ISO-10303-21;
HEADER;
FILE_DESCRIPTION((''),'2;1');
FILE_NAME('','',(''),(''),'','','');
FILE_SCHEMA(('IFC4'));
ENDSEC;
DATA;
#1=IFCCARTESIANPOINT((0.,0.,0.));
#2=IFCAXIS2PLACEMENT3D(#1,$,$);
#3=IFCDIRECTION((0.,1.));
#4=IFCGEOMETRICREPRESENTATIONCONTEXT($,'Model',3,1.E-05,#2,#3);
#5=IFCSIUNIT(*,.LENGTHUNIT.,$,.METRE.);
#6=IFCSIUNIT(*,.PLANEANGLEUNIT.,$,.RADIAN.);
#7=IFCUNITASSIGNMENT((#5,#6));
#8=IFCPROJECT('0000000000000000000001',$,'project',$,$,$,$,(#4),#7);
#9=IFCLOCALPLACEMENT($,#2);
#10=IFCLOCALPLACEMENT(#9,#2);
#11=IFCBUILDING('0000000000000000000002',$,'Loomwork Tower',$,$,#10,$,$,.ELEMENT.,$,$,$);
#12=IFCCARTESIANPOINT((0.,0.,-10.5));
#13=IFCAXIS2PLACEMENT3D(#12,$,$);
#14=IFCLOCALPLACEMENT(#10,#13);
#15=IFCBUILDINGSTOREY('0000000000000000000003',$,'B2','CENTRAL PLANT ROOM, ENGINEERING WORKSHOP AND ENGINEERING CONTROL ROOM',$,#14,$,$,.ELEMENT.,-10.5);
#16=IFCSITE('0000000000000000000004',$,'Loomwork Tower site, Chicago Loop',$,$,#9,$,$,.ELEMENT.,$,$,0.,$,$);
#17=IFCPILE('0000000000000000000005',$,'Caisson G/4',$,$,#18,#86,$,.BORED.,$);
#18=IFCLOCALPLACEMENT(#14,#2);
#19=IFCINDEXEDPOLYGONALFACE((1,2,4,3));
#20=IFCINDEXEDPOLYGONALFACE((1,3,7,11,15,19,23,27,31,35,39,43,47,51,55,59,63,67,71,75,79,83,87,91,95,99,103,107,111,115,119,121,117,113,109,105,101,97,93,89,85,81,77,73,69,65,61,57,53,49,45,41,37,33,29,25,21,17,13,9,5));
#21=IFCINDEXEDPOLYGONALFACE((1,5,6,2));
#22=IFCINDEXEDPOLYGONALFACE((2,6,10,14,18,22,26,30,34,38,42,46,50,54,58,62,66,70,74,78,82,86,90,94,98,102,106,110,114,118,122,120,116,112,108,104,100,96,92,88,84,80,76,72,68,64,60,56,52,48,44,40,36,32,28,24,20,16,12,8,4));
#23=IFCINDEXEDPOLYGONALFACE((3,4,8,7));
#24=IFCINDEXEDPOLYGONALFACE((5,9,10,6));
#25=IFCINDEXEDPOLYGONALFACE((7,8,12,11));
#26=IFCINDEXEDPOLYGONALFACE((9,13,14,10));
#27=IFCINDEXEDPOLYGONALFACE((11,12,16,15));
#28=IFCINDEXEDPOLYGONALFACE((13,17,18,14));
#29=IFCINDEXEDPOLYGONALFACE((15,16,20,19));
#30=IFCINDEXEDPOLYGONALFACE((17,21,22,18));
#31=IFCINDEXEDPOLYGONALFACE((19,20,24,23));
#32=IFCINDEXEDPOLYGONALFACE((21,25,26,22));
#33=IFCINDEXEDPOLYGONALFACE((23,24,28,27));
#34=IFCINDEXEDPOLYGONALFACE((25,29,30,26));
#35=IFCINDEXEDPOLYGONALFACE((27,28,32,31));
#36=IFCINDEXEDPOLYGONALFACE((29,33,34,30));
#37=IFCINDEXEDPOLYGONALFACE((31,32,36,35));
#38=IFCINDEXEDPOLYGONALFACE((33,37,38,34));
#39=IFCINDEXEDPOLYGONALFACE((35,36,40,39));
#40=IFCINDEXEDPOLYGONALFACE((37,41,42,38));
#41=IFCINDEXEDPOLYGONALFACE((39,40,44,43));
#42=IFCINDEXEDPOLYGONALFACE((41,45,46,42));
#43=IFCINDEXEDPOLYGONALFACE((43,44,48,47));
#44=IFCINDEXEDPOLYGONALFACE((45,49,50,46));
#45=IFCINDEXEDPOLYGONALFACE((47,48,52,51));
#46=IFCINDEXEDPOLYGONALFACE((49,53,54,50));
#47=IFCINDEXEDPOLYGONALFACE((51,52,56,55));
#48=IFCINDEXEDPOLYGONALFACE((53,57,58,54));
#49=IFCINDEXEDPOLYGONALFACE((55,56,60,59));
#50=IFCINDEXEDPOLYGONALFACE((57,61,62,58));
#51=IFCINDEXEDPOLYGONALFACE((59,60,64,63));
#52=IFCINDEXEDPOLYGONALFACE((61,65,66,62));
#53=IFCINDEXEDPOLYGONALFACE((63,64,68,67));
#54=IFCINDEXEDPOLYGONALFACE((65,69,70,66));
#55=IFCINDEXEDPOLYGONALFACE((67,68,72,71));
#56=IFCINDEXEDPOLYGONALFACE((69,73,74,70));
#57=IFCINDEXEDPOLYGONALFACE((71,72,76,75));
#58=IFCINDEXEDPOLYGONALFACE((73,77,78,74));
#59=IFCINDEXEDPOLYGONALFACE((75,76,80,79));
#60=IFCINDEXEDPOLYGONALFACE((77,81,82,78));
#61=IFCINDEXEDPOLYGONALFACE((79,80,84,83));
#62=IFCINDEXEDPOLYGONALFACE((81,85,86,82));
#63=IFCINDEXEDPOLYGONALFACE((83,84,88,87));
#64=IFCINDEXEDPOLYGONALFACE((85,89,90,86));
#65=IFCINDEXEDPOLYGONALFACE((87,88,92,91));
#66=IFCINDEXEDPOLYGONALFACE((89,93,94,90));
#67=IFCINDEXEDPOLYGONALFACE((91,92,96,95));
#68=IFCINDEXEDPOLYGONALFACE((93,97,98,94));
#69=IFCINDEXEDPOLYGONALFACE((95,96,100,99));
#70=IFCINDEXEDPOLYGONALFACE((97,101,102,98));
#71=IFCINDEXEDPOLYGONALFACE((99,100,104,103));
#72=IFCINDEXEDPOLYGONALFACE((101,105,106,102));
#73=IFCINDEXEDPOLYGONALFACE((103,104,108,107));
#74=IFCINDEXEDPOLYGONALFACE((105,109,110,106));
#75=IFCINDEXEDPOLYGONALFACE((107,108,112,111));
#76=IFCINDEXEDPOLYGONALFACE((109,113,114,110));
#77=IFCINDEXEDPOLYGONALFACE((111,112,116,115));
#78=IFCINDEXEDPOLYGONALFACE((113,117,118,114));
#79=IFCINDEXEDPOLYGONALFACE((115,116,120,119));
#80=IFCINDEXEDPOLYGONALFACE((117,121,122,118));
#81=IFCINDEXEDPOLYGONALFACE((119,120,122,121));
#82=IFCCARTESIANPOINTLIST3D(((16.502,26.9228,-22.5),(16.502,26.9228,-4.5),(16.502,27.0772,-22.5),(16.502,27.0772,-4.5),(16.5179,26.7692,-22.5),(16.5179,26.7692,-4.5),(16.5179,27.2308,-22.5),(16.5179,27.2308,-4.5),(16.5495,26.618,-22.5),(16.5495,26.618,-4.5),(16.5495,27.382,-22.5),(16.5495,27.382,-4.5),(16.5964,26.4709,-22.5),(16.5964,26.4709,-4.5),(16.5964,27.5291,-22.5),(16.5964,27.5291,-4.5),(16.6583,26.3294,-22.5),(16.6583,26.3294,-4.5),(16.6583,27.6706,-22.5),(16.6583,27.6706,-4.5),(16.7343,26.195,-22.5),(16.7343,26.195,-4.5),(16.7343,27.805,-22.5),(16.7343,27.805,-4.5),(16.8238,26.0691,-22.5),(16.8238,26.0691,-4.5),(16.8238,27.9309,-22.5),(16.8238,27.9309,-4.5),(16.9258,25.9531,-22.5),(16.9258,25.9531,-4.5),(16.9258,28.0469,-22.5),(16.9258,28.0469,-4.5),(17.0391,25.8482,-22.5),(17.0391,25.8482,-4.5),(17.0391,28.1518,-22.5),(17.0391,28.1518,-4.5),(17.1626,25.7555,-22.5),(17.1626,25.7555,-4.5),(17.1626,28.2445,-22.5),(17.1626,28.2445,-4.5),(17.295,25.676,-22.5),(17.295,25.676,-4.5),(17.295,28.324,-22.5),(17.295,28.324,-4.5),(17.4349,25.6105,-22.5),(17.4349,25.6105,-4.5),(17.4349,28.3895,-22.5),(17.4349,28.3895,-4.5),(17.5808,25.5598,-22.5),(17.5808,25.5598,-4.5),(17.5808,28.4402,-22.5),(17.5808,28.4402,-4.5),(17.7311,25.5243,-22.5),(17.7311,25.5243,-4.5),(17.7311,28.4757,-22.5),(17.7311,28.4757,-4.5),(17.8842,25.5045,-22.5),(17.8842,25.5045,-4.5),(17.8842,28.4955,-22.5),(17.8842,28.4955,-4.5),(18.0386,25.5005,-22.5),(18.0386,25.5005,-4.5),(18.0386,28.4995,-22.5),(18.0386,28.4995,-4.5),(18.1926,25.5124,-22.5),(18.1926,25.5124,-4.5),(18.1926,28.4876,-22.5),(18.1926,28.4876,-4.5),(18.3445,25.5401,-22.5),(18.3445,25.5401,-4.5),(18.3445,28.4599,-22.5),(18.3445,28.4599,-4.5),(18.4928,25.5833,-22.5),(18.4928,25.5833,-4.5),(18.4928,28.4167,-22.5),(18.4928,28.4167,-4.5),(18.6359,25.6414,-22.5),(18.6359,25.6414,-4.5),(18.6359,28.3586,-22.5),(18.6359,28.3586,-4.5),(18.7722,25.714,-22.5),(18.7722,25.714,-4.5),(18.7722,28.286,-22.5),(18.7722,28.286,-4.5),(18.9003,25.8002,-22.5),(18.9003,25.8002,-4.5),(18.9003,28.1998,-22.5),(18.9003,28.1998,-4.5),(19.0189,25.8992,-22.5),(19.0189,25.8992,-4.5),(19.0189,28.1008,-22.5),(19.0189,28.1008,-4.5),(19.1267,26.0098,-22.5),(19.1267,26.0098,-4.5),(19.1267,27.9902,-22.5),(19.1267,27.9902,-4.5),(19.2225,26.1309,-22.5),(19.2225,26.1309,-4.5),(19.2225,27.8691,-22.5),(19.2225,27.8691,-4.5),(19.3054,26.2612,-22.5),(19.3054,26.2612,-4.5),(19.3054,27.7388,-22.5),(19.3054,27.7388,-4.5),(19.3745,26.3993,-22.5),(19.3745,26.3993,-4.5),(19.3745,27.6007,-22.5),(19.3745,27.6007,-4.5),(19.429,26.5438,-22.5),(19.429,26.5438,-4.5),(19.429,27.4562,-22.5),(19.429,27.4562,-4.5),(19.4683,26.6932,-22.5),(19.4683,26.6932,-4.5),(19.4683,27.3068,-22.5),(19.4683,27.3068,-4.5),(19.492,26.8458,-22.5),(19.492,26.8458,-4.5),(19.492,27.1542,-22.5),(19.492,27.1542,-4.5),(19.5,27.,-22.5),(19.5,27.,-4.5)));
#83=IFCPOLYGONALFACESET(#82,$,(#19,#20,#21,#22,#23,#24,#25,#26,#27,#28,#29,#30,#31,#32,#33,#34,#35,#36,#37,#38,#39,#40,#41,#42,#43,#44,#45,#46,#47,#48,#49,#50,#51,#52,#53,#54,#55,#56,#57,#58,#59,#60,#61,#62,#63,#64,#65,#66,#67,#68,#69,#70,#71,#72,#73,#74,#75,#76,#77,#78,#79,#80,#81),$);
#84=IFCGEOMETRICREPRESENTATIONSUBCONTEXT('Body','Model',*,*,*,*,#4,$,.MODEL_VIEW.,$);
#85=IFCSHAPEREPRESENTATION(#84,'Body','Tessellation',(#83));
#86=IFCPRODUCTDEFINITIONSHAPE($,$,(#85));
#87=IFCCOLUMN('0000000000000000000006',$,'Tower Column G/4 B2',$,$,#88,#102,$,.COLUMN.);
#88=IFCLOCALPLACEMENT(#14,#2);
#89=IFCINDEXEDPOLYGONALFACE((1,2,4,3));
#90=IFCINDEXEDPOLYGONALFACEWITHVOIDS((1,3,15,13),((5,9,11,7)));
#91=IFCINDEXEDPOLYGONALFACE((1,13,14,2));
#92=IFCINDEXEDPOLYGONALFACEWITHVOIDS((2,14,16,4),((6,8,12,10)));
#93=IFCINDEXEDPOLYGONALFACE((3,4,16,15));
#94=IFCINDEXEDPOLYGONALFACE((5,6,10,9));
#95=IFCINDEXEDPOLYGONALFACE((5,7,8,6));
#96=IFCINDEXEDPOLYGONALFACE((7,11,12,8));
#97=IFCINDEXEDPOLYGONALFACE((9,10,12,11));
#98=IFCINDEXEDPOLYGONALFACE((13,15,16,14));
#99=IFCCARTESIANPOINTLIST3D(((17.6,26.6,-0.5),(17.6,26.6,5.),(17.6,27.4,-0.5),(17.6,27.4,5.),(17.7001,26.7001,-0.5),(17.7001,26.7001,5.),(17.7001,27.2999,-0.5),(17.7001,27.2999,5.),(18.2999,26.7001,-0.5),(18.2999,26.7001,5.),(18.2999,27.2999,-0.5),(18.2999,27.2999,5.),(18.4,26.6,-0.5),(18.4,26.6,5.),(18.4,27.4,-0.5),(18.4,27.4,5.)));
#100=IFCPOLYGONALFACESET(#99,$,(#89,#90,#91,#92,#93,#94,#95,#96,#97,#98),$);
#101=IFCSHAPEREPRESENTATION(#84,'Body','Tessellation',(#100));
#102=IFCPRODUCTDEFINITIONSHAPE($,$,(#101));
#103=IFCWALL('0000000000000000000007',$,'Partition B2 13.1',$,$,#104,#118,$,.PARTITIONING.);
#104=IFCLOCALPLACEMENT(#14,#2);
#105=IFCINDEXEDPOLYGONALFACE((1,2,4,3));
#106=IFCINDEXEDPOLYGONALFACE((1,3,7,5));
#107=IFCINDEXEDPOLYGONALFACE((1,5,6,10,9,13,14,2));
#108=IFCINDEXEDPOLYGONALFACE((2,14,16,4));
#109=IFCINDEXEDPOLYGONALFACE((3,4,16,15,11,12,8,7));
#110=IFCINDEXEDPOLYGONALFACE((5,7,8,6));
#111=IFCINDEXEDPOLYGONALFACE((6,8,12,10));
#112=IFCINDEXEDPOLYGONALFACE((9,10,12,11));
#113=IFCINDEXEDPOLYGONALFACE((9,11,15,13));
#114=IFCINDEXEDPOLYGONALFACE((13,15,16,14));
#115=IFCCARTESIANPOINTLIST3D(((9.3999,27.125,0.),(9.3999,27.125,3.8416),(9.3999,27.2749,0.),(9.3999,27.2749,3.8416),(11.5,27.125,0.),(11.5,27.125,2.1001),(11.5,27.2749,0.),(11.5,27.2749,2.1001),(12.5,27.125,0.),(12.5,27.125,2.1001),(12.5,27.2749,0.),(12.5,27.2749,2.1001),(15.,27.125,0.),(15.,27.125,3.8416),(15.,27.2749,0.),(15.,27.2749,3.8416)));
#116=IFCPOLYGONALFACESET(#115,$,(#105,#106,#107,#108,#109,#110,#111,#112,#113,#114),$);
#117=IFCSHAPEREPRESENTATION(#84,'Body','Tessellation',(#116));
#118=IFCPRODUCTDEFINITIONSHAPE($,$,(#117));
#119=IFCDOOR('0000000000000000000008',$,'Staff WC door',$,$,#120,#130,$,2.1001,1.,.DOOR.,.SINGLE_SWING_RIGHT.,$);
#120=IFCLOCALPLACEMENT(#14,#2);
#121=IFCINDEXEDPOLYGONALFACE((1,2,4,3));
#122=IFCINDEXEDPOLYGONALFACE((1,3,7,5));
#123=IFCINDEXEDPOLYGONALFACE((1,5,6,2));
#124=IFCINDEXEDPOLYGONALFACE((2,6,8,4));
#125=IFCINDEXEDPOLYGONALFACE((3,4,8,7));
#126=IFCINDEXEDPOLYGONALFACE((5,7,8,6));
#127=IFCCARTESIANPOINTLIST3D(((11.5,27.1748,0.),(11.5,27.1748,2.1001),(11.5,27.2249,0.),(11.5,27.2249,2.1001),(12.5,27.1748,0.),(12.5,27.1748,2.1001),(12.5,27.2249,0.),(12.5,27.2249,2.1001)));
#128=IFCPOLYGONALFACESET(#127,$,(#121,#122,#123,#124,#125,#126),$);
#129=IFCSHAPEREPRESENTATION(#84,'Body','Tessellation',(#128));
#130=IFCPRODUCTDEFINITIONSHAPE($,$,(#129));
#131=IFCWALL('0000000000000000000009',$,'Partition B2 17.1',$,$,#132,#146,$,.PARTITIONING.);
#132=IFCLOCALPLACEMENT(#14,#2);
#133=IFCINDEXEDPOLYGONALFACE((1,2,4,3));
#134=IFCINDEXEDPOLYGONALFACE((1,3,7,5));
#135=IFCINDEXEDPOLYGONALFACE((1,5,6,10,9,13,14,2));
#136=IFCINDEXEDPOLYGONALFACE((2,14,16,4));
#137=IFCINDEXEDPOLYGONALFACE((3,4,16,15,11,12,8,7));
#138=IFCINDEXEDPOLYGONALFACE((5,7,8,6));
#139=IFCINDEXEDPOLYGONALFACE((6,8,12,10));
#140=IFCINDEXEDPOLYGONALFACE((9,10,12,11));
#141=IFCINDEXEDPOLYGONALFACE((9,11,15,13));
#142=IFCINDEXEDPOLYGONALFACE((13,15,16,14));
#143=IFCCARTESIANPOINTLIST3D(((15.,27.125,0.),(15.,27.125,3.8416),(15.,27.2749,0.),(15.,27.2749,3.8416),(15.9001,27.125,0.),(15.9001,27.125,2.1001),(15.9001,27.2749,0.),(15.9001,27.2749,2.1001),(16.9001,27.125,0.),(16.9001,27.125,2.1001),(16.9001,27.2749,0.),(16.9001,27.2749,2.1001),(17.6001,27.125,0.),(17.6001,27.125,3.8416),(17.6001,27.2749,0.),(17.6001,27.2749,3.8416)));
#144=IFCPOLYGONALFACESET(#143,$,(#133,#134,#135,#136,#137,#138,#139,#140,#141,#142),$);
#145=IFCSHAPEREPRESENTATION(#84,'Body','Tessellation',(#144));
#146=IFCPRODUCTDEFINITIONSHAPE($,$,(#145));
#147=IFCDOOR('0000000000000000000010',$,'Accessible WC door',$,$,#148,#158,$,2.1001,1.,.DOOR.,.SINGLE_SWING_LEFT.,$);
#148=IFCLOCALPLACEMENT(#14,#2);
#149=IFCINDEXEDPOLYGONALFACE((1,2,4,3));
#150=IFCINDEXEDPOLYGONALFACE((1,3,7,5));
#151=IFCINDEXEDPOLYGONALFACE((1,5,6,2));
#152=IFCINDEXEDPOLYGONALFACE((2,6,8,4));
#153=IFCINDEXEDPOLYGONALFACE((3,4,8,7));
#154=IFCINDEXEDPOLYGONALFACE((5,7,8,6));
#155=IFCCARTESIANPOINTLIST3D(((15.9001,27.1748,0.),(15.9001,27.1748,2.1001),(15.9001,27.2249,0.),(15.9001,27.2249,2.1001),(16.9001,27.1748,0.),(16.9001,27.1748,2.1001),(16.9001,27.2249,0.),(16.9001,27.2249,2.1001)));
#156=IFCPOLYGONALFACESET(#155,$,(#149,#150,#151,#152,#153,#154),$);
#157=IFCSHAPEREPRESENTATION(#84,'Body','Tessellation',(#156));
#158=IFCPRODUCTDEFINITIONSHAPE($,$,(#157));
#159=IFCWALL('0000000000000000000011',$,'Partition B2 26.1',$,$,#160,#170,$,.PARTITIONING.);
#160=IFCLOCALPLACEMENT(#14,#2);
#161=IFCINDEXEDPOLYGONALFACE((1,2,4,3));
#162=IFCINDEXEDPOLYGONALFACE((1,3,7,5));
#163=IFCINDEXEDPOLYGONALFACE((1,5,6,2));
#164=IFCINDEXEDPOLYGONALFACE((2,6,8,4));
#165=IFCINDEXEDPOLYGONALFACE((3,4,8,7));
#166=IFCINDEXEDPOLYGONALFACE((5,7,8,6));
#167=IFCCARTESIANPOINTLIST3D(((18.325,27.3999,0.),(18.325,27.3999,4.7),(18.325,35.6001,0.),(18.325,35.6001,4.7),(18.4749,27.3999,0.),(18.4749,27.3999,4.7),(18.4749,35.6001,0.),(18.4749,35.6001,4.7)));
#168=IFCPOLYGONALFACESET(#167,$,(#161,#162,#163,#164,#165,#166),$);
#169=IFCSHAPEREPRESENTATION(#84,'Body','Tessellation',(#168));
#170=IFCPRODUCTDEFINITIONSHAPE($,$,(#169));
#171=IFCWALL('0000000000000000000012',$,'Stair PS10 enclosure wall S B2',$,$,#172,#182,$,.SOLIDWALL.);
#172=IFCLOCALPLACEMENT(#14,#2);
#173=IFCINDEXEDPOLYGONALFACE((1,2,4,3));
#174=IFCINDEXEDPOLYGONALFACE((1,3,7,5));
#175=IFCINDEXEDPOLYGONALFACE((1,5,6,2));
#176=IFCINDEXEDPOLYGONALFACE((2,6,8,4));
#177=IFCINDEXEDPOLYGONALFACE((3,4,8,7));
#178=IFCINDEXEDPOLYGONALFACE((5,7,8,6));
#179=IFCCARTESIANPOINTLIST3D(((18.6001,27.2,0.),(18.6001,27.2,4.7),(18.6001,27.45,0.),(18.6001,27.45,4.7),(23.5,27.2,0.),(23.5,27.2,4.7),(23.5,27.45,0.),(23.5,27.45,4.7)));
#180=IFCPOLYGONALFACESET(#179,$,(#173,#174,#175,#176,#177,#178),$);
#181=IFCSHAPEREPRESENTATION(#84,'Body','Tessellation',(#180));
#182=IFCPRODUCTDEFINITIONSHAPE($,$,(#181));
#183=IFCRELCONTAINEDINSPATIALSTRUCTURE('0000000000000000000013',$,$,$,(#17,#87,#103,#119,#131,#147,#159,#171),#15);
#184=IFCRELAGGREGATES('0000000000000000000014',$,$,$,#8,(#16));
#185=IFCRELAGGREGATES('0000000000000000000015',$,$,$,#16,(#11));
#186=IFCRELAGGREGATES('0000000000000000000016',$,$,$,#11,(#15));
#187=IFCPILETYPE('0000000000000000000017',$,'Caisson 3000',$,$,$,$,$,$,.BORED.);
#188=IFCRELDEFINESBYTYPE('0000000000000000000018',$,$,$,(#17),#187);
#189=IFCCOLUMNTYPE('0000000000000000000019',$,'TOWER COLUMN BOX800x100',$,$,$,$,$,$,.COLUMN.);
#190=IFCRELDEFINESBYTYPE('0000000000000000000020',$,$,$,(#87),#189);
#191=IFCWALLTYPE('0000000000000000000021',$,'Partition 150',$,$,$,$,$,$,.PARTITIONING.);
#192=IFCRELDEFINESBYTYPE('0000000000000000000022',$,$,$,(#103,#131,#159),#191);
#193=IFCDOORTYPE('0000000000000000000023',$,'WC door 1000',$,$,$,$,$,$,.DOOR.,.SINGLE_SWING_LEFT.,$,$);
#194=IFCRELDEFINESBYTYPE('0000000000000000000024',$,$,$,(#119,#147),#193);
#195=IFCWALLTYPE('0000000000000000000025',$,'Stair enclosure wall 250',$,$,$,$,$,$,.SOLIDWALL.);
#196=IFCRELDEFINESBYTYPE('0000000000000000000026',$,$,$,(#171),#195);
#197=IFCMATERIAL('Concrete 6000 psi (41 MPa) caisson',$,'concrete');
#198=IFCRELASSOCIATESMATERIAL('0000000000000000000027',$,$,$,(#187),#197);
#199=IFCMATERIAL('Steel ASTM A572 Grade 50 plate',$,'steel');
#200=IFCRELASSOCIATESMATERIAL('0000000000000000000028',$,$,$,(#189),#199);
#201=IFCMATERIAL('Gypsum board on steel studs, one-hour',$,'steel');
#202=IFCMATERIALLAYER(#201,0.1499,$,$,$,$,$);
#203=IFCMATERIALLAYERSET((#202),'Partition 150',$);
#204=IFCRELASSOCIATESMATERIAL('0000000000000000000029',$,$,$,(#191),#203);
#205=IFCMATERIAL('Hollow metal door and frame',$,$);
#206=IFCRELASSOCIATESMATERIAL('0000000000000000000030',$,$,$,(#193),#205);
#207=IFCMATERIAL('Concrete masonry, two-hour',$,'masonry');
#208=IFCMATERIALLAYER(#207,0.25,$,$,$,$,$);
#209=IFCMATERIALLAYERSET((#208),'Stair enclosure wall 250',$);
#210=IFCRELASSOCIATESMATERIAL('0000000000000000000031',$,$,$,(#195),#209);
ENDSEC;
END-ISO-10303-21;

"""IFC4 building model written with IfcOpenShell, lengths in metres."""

from ifc_helpers import new_model, si_unit, direction, frame, frame_2d, origin, origin_2d, place, context, subcontext, project, spatial, rectangle, hollow_rectangle, circle, extrude, material, layer, layer_set, material_profile, profile_set, type_object, element, fill, save


model = new_model("IFC4")

# Units and contexts
model_context = context("Model", 3, precision=1e-05, world=origin(), true_north=direction((0.0, 1.0)))
body_context = subcontext(model_context, "Body", "Model", "MODEL_VIEW")
ifc_project = project(units=[si_unit("LENGTHUNIT", "METRE"), si_unit("PLANEANGLEUNIT", "RADIAN")], contexts=[model_context])

# Site, building, storey
site_placement = place(None, origin())
site = spatial("IfcSite", under=ifc_project, at=site_placement, Name="Loomwork Tower site, Chicago Loop", CompositionType="ELEMENT", RefElevation=0.0)
building_placement = place(site_placement, origin())
building = spatial("IfcBuilding", under=site, at=building_placement, Name="Loomwork Tower", CompositionType="ELEMENT")
storey_placement = place(building_placement, frame((0.0, 0.0, -10.5)))
storey = spatial("IfcBuildingStorey", under=building, at=storey_placement, Name="B2", Description="CENTRAL PLANT ROOM, ENGINEERING WORKSHOP AND ENGINEERING CONTROL ROOM", CompositionType="ELEMENT", Elevation=-10.5)

# Pile
ifc_material_1 = material(Name="Concrete 6000 psi (41 MPa) caisson", Category="concrete")
ifc_material_profile_1 = material_profile(ifc_material_1, circle(Radius=1.5, at=origin_2d()), Name="D3000")
ifc_profile_set_1 = profile_set([ifc_material_profile_1], Name="Concrete 6000 psi (41 MPa) caisson")
pile_type = type_object("IfcPileType", Name="Caisson 3000", PredefinedType="BORED", material=ifc_profile_set_1)
pile_placement = place(storey_placement, frame((18.0, 27.0, -4.5), z_axis=(0.0, 0.0, -1.0), x_axis=(1.0, 0.0, 0.0)))
element("IfcPile", 1, at=pile_placement, inside=storey, type_object=pile_type, Name="Caisson G/4", PredefinedType="BORED", context=body_context, shape_type="SweptSolid", body=[
    extrude(circle(Radius=1.5, at=origin_2d()), origin(), (0.0, 0.0, 1.0), 18.0),
])

# Column
ifc_material_2 = material(Name="Steel ASTM A572 Grade 50 plate", Category="steel")
ifc_material_profile_2 = material_profile(ifc_material_2, hollow_rectangle(XDim=0.8, YDim=0.8, WallThickness=0.1001, at=origin_2d()), Name="BOX800x100")
ifc_profile_set_2 = profile_set([ifc_material_profile_2], Name="Steel ASTM A572 Grade 50 plate")
column_type = type_object("IfcColumnType", Name="TOWER COLUMN BOX800x100", PredefinedType="COLUMN", material=ifc_profile_set_2)
column_placement = place(storey_placement, frame((18.0, 27.0, -0.5), z_axis=(0.0, 0.0, 1.0), x_axis=(1.0, 0.0, 0.0)))
element("IfcColumn", 2, at=column_placement, inside=storey, type_object=column_type, Name="Tower Column G/4 B2", PredefinedType="COLUMN", context=body_context, shape_type="SweptSolid", body=[
    extrude(hollow_rectangle(XDim=0.8, YDim=0.8, WallThickness=0.1001, at=origin_2d()), origin(), (0.0, 0.0, 1.0), 5.5),
])

# Walls, openings, doors
ifc_material_3 = material(Name="Gypsum board on steel studs, one-hour", Category="steel")
ifc_layer_1 = layer(ifc_material_3, 0.1499)
ifc_layer_set_1 = layer_set([ifc_layer_1], Name="Partition 150")
wall_type_1 = type_object("IfcWallType", Name="Partition 150", PredefinedType="PARTITIONING", material=ifc_layer_set_1)
wall_1_placement = place(storey_placement, frame((15.0, 27.2, 0.0), z_axis=(0.0, 0.0, 1.0), x_axis=(-1.0, 0.0, 0.0)))
wall_1 = element("IfcWall", 3, at=wall_1_placement, inside=storey, type_object=wall_type_1, Name="Partition B2 13.1", PredefinedType="PARTITIONING", context=body_context, shape_type="SweptSolid", body=[
    extrude(rectangle(XDim=5.6001, YDim=0.1499, at=frame_2d((2.8, 0.0))), origin(), (0.0, 0.0, 1.0), 3.8416),
])
opening_1_placement = place(wall_1_placement, frame((2.5, 0.0, 0.0)))
opening_1 = element("IfcOpeningElement", 4, at=opening_1_placement, cuts=wall_1, PredefinedType="OPENING", context=body_context, shape_type="SweptSolid", body=[
    extrude(rectangle(XDim=1.0, YDim=2.1001, at=frame_2d((0.5, 1.05))), frame((0.0, 0.085, 0.0), z_axis=(0.0, -1.0, 0.0), x_axis=(1.0, 0.0, 0.0)), (0.0, 0.0, 1.0), 0.1699),
])
ifc_material_4 = material(Name="Hollow metal door and frame")
door_type_1 = type_object("IfcDoorType", Name="WC door 1000", OperationType="SINGLE_SWING_LEFT", PredefinedType="DOOR", material=ifc_material_4)
door_1_placement = place(opening_1_placement, frame((1.0, 0.0, 0.0), z_axis=(0.0, 0.0, 1.0), x_axis=(-1.0, 0.0, 0.0)))
door_1 = element("IfcDoor", 5, at=door_1_placement, inside=storey, type_object=door_type_1, Name="Staff WC door", OperationType="SINGLE_SWING_RIGHT", OverallHeight=2.1001, OverallWidth=1.0, PredefinedType="DOOR", context=body_context, shape_type="SweptSolid", body=[
    extrude(rectangle(XDim=1.0, YDim=2.1001, at=frame_2d((0.5, 1.05))), frame((0.0, 0.0249, 0.0), z_axis=(0.0, -1.0, 0.0), x_axis=(1.0, 0.0, 0.0)), (0.0, 0.0, 1.0), 0.05),
])
fill(opening_1, door_1)
wall_2_placement = place(storey_placement, frame((17.6001, 27.2, 0.0), z_axis=(0.0, 0.0, 1.0), x_axis=(-1.0, 0.0, 0.0)))
wall_2 = element("IfcWall", 6, at=wall_2_placement, inside=storey, type_object=wall_type_1, Name="Partition B2 17.1", PredefinedType="PARTITIONING", context=body_context, shape_type="SweptSolid", body=[
    extrude(rectangle(XDim=2.6001, YDim=0.1499, at=frame_2d((1.3, 0.0))), origin(), (0.0, 0.0, 1.0), 3.8416),
])
opening_2_placement = place(wall_2_placement, frame((0.7, 0.0, 0.0)))
opening_2 = element("IfcOpeningElement", 7, at=opening_2_placement, cuts=wall_2, PredefinedType="OPENING", context=body_context, shape_type="SweptSolid", body=[
    extrude(rectangle(XDim=1.0, YDim=2.1001, at=frame_2d((0.5, 1.05))), frame((0.0, 0.085, 0.0), z_axis=(0.0, -1.0, 0.0), x_axis=(1.0, 0.0, 0.0)), (0.0, 0.0, 1.0), 0.1699),
])
door_2_placement = place(opening_2_placement, frame((1.0, 0.0, 0.0), z_axis=(0.0, 0.0, 1.0), x_axis=(-1.0, 0.0, 0.0)))
door_2 = element("IfcDoor", 8, at=door_2_placement, inside=storey, type_object=door_type_1, Name="Accessible WC door", OperationType="SINGLE_SWING_LEFT", OverallHeight=2.1001, OverallWidth=1.0, PredefinedType="DOOR", context=body_context, shape_type="SweptSolid", body=[
    extrude(rectangle(XDim=1.0, YDim=2.1001, at=frame_2d((0.5, 1.05))), frame((0.0, 0.0249, 0.0), z_axis=(0.0, -1.0, 0.0), x_axis=(1.0, 0.0, 0.0)), (0.0, 0.0, 1.0), 0.05),
])
fill(opening_2, door_2)

# Walls
wall_3_placement = place(storey_placement, frame((18.3999, 35.6001, 0.0), z_axis=(0.0, 0.0, 1.0), x_axis=(0.0, -1.0, 0.0)))
element("IfcWall", 9, at=wall_3_placement, inside=storey, type_object=wall_type_1, Name="Partition B2 26.1", PredefinedType="PARTITIONING", context=body_context, shape_type="SweptSolid", body=[
    extrude(rectangle(XDim=8.2002, YDim=0.1499, at=frame_2d((4.1001, 0.0))), origin(), (0.0, 0.0, 1.0), 4.7),
])
ifc_material_5 = material(Name="Concrete masonry, two-hour", Category="masonry")
ifc_layer_2 = layer(ifc_material_5, 0.25)
ifc_layer_set_2 = layer_set([ifc_layer_2], Name="Stair enclosure wall 250")
wall_type_2 = type_object("IfcWallType", Name="Stair enclosure wall 250", PredefinedType="SOLIDWALL", material=ifc_layer_set_2)
for number, where, z_axis, x_axis, name in (
    (10, (18.6001, 27.325, 0.0), (0.0, 0.0, 1.0), (1.0, 0.0, 0.0), "Stair PS10 enclosure wall S B2"),
):
    element("IfcWall", number, at=place(storey_placement, frame(where, z_axis=z_axis, x_axis=x_axis)), inside=storey, type_object=wall_type_2, Name=name, PredefinedType="SOLIDWALL", context=body_context, shape_type="SweptSolid", body=[
        extrude(rectangle(XDim=4.8999, YDim=0.25, at=frame_2d((2.45, 0.0))), origin(), (0.0, 0.0, 1.0), 4.7),
    ])

save(model, "model.ifc")
